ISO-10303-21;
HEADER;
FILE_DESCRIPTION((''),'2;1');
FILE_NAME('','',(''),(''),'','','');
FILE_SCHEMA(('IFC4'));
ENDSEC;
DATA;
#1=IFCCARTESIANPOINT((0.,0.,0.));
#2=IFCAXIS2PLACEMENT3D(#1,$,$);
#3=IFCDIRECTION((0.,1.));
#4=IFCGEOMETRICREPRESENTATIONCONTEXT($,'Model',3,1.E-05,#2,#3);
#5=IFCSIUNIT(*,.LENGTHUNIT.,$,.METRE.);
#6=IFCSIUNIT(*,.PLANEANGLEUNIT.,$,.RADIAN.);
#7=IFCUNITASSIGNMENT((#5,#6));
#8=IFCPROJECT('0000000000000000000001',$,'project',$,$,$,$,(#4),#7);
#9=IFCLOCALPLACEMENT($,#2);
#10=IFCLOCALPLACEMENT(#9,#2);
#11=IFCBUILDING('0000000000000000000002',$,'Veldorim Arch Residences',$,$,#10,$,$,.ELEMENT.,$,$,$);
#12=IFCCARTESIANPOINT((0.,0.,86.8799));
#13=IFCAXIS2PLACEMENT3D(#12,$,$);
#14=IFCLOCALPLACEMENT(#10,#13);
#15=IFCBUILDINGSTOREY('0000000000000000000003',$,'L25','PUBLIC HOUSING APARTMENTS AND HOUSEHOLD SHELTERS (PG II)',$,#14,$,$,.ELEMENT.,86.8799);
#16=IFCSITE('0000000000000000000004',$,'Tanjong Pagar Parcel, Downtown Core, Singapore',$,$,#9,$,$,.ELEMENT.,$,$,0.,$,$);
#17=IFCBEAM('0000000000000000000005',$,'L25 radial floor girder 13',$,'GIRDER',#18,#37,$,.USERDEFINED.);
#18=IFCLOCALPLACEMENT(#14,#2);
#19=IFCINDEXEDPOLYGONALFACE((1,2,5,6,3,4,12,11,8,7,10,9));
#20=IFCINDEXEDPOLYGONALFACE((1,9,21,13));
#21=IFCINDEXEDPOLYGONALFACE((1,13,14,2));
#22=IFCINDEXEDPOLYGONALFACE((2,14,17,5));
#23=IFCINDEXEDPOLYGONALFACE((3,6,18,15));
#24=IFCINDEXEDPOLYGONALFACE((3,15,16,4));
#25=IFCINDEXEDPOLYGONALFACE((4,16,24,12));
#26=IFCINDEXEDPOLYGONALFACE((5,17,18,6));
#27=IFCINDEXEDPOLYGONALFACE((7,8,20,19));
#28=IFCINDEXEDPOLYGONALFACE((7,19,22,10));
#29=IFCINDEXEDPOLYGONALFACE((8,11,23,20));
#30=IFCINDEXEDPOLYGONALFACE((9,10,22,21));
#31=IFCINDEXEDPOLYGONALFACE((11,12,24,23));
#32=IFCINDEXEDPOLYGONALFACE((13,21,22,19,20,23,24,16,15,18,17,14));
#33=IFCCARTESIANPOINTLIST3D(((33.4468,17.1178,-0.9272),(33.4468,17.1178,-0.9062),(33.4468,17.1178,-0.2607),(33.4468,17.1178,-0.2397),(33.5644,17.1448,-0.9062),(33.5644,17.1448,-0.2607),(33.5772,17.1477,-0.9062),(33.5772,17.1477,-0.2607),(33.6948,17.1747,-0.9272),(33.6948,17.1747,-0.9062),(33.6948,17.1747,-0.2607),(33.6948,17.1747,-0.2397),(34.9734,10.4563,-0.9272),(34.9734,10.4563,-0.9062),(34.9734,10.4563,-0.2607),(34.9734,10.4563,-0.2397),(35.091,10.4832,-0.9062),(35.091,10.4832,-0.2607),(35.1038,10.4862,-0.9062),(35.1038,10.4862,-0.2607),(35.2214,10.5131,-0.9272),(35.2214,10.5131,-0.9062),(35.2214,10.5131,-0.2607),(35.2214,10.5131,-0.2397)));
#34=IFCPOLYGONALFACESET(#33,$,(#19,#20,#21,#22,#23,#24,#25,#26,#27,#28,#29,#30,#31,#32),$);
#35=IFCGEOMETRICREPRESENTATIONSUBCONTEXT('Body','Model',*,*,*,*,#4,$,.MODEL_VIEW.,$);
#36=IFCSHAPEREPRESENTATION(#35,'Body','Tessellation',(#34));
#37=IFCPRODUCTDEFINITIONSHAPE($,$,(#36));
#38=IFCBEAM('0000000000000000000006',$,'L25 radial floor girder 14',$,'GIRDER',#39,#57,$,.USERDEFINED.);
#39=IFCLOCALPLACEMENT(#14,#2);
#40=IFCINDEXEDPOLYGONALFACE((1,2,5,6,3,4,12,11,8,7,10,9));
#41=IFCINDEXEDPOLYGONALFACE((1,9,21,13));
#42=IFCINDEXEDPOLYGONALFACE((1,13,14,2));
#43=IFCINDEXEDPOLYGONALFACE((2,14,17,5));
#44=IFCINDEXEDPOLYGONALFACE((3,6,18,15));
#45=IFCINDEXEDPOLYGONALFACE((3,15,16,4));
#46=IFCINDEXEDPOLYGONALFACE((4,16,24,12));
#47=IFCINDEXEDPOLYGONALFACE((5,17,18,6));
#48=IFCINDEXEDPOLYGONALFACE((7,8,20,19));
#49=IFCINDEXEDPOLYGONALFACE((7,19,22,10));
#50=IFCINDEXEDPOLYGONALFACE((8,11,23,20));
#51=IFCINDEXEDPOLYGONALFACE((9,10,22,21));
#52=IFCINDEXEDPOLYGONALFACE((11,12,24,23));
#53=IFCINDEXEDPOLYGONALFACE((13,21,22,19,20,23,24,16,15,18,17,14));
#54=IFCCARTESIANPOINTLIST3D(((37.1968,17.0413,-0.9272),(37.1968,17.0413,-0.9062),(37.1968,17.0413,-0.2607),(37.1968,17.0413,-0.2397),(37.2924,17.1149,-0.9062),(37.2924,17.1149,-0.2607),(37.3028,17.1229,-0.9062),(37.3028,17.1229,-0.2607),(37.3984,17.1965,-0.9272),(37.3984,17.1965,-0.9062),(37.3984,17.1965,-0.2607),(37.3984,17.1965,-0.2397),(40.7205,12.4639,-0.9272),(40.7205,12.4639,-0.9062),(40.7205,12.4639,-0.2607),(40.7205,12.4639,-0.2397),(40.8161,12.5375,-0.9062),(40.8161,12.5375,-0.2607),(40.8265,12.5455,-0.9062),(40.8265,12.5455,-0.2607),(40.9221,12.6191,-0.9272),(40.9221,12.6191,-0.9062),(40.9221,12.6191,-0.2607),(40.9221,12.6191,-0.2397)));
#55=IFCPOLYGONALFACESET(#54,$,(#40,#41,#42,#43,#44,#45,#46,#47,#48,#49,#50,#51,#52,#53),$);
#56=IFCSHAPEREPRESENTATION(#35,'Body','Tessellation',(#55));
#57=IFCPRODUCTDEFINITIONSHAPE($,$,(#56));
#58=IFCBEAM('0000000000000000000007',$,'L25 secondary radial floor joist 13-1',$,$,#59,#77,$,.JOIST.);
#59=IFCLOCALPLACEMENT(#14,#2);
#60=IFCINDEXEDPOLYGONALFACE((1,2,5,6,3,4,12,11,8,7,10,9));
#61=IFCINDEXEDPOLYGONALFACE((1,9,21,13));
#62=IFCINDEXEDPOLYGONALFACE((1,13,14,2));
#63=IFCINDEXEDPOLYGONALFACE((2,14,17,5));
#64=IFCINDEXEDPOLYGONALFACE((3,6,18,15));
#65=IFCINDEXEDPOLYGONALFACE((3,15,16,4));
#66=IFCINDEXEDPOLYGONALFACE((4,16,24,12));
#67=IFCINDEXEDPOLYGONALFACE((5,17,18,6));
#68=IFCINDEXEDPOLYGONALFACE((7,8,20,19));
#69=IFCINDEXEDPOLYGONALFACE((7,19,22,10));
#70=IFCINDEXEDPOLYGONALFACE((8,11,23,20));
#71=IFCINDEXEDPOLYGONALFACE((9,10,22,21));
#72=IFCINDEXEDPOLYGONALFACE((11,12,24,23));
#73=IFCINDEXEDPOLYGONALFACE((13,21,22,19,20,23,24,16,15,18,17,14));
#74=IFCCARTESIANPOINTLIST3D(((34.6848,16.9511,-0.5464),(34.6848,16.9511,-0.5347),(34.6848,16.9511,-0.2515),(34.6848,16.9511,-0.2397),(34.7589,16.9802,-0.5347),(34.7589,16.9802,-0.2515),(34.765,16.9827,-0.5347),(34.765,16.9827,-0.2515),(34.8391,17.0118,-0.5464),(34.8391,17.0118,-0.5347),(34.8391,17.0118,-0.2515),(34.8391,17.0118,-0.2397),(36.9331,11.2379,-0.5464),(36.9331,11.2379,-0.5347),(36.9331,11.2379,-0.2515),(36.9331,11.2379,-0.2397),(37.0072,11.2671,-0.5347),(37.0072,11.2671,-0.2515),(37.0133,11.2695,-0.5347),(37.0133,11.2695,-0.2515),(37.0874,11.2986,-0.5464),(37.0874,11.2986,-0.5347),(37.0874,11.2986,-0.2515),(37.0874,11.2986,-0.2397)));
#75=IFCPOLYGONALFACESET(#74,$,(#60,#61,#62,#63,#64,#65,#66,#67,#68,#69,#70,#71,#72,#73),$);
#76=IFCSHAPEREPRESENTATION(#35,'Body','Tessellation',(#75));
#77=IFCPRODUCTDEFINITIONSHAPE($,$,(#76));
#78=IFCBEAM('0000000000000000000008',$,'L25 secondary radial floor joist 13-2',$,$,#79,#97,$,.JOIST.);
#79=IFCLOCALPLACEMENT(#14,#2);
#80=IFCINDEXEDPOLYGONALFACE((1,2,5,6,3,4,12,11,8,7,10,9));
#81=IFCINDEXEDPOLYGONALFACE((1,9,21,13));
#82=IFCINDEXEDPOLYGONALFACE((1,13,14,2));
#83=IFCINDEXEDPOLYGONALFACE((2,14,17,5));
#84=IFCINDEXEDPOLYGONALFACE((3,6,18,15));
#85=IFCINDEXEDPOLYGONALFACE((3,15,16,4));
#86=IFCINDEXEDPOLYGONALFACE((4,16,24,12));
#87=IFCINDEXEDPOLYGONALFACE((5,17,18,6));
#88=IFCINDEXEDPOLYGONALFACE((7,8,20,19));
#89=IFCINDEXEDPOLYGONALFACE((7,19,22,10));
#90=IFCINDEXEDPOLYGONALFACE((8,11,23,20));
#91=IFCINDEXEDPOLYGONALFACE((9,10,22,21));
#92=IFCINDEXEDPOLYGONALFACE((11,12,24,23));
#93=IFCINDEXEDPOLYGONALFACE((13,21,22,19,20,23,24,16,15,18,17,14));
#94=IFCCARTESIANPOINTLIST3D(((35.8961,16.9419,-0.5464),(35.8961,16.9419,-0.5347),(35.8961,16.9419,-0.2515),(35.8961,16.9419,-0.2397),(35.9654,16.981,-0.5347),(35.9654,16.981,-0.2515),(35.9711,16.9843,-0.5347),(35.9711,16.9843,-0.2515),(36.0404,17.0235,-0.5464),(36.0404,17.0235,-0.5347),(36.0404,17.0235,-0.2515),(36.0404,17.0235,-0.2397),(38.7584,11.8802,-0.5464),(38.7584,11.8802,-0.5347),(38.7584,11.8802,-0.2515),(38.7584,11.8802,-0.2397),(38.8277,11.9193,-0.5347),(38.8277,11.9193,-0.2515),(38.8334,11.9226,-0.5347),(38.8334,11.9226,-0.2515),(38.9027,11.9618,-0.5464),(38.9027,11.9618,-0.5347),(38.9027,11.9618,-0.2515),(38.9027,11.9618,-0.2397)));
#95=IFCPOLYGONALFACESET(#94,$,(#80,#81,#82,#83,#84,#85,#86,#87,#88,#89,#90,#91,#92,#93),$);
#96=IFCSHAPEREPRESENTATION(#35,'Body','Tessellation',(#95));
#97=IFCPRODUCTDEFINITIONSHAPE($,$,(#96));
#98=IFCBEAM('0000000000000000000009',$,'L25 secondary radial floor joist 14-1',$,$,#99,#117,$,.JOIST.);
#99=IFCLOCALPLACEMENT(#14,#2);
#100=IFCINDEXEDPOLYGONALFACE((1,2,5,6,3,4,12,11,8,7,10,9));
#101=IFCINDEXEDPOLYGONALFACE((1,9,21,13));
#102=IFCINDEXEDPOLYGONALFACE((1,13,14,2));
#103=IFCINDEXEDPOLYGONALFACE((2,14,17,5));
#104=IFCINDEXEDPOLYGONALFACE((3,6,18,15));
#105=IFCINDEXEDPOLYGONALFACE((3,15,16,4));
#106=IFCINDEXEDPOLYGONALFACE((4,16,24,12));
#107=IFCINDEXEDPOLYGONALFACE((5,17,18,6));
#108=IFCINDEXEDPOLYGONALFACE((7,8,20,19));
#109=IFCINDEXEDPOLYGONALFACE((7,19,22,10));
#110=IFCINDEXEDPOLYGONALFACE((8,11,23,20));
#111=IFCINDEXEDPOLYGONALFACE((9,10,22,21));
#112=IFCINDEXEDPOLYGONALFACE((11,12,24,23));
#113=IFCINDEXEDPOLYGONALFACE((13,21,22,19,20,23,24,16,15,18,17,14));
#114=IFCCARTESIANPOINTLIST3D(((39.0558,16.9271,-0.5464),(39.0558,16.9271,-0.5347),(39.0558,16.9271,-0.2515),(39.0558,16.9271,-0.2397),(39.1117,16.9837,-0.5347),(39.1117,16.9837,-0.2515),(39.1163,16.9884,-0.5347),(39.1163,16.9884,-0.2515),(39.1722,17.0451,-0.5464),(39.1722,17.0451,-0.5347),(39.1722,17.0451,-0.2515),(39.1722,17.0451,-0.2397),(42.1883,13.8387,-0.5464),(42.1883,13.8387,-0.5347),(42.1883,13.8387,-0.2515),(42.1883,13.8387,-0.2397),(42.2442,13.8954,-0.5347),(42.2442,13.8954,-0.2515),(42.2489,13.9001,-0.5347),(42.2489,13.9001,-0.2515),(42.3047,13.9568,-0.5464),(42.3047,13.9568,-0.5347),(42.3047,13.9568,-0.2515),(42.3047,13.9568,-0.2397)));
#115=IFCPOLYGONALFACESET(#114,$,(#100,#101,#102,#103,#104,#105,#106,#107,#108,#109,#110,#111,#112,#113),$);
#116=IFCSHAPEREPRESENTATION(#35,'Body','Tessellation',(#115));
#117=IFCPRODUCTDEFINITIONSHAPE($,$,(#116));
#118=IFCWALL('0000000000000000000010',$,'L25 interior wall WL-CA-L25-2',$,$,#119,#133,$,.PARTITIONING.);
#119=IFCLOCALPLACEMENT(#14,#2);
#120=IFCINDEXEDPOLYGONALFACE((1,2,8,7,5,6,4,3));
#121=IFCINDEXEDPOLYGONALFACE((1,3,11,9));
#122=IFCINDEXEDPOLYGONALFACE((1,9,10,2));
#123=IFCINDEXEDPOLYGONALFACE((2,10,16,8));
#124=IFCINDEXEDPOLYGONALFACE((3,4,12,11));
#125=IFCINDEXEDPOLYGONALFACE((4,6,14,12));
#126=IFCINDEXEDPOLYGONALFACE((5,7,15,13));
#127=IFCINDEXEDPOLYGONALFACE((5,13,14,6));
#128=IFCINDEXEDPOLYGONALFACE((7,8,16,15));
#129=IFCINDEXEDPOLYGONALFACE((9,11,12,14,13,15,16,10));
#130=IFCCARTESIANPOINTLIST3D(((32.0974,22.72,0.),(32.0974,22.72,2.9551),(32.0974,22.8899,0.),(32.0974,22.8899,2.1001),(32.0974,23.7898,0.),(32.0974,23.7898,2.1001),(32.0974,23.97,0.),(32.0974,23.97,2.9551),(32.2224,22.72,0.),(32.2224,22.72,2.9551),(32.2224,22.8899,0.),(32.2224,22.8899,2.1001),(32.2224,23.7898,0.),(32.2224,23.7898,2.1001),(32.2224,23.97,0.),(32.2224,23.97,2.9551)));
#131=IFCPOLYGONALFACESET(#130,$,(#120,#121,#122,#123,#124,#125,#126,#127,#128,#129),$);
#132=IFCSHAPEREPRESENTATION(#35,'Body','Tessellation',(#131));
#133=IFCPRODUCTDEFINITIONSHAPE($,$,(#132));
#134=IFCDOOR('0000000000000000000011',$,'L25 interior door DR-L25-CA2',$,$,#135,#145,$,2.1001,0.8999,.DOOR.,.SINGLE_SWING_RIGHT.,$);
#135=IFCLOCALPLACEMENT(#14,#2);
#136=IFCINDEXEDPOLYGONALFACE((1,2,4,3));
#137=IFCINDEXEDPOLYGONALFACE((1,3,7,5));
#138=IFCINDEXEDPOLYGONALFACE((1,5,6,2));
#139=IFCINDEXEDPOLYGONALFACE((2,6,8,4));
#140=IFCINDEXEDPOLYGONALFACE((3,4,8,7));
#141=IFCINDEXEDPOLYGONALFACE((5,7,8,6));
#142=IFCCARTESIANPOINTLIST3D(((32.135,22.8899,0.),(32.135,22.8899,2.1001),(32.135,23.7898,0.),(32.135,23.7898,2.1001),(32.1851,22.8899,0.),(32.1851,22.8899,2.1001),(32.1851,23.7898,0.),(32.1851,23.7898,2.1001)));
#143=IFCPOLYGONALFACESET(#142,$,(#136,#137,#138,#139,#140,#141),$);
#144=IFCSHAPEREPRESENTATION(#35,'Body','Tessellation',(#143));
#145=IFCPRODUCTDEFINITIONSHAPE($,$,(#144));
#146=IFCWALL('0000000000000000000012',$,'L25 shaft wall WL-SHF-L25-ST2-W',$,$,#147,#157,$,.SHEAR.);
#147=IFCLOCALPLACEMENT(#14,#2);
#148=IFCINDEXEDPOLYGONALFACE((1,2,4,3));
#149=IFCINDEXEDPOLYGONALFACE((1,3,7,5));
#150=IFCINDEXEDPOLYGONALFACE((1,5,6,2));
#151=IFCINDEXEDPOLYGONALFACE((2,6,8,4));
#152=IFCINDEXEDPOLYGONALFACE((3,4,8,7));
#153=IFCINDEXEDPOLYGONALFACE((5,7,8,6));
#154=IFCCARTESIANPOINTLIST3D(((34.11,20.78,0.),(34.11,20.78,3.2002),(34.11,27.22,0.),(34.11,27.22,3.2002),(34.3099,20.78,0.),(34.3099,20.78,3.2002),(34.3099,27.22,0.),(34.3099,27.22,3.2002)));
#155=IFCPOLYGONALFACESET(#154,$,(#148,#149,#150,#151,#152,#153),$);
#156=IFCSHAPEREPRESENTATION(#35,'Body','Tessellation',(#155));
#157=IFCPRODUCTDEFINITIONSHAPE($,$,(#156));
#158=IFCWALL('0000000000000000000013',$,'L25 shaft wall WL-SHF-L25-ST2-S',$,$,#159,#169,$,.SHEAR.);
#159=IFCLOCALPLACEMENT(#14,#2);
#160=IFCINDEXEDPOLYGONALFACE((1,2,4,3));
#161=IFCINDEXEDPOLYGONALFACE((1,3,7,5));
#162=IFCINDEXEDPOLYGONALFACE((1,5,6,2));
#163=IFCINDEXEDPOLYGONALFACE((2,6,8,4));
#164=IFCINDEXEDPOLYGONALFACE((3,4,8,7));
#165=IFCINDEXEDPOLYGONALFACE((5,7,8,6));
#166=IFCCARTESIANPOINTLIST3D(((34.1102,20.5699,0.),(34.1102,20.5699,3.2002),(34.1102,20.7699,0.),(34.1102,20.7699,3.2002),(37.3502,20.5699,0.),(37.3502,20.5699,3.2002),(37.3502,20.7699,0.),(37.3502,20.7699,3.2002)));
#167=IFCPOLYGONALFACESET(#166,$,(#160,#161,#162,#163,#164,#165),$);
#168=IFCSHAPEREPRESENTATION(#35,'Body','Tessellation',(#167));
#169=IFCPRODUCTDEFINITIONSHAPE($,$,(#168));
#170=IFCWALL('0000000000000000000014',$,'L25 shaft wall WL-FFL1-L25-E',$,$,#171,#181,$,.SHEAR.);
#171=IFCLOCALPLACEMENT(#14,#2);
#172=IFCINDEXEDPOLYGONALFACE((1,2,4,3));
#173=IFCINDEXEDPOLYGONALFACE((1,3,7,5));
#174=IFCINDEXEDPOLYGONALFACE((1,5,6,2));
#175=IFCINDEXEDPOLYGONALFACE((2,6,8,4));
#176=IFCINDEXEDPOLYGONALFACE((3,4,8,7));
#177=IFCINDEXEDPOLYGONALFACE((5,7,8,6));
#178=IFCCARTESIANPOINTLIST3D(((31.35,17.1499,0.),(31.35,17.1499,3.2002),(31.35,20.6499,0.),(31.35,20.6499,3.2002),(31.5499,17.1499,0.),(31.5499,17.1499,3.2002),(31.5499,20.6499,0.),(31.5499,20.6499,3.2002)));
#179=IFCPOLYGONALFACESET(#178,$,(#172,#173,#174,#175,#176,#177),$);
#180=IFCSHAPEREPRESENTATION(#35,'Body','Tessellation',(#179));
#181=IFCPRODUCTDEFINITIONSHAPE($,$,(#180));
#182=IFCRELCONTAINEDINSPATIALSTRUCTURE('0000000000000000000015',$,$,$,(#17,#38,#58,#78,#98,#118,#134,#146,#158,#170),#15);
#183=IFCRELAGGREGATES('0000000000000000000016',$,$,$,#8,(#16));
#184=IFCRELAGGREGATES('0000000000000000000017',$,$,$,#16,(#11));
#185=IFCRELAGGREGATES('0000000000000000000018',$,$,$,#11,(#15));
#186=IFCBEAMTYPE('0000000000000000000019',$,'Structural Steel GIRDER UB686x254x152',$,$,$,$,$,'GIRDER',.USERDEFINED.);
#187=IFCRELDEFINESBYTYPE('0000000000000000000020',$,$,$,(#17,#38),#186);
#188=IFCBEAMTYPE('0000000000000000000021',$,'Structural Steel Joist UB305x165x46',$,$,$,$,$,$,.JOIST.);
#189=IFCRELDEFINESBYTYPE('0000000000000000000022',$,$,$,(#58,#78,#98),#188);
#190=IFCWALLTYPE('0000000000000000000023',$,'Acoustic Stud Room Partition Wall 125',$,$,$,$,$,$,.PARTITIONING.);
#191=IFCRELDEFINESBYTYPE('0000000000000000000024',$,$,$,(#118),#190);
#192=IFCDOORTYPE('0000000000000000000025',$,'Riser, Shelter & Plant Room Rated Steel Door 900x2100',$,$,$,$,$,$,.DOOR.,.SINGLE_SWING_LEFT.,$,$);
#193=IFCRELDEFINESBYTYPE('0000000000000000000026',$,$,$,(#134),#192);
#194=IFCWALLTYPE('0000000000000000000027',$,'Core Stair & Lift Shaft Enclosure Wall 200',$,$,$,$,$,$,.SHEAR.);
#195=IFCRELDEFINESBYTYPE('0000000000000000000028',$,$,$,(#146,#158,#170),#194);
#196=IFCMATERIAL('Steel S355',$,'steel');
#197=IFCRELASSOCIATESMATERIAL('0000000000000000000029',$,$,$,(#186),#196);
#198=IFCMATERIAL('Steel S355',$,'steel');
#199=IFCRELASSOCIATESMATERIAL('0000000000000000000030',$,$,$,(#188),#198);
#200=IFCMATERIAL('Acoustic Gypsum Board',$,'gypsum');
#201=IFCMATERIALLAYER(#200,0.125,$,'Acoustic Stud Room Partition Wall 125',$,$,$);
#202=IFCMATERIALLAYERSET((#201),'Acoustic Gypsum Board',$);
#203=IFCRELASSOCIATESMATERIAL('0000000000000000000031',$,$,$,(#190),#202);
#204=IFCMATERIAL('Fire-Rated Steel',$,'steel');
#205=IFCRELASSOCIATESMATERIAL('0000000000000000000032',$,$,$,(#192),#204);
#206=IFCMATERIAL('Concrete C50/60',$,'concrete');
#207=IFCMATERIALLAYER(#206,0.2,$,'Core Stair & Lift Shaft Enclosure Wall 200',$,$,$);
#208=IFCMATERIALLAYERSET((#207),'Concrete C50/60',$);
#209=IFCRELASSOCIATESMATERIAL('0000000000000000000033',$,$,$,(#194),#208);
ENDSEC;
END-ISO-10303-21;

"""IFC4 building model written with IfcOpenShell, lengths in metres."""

from ifc_helpers import new_model, si_unit, direction, frame, frame_2d, origin, origin_2d, place, context, subcontext, project, spatial, rectangle, i_section, extrude, material, layer, layer_set, material_profile, profile_set, type_object, element, fill, save


model = new_model("IFC4")

# Units and contexts
model_context = context("Model", 3, precision=1e-05, world=origin(), true_north=direction((0.0, 1.0)))
body_context = subcontext(model_context, "Body", "Model", "MODEL_VIEW")
ifc_project = project(units=[si_unit("LENGTHUNIT", "METRE"), si_unit("PLANEANGLEUNIT", "RADIAN")], contexts=[model_context])

# Site, building, storey
site_placement = place(None, origin())
site = spatial("IfcSite", under=ifc_project, at=site_placement, Name="Tanjong Pagar Parcel, Downtown Core, Singapore", CompositionType="ELEMENT", RefElevation=0.0)
building_placement = place(site_placement, origin())
building = spatial("IfcBuilding", under=site, at=building_placement, Name="Veldorim Arch Residences", CompositionType="ELEMENT")
storey_placement = place(building_placement, frame((0.0, 0.0, 86.8799)))
storey = spatial("IfcBuildingStorey", under=building, at=storey_placement, Name="L25", Description="PUBLIC HOUSING APARTMENTS AND HOUSEHOLD SHELTERS (PG II)", CompositionType="ELEMENT", Elevation=86.8799)

# Beams
ifc_material_1 = material(Name="Steel S355", Category="steel")
ifc_material_profile_1 = material_profile(ifc_material_1, i_section(OverallWidth=0.2544, OverallDepth=0.6875, WebThickness=0.0132, FlangeThickness=0.021, at=origin_2d()), Name="UB686x254x152")
ifc_profile_set_1 = profile_set([ifc_material_profile_1], Name="Steel S355")
beam_type_1 = type_object("IfcBeamType", Name="Structural Steel GIRDER UB686x254x152", ElementType="GIRDER", PredefinedType="USERDEFINED", material=ifc_profile_set_1)
beam_1_placement = place(storey_placement, frame((33.5708, 17.1462, -0.5835), z_axis=(0.223375, -0.974733, 0.0), x_axis=(0.974733, 0.223375, 0.0)))
element("IfcBeam", 1, at=beam_1_placement, inside=storey, type_object=beam_type_1, Name="L25 radial floor girder 13", ObjectType="GIRDER", PredefinedType="USERDEFINED", context=body_context, shape_type="SweptSolid", body=[
    extrude(i_section(OverallWidth=0.2544, OverallDepth=0.6875, WebThickness=0.0132, FlangeThickness=0.021, at=origin_2d()), origin(), (0.0, 0.0, 1.0), 6.8342),
])
beam_2_placement = place(storey_placement, frame((37.2976, 17.1189, -0.5835), z_axis=(0.609995, -0.792406, 0.0), x_axis=(0.792406, 0.609995, 0.0)))
element("IfcBeam", 2, at=beam_2_placement, inside=storey, type_object=beam_type_1, Name="L25 radial floor girder 14", ObjectType="GIRDER", PredefinedType="USERDEFINED", context=body_context, shape_type="SweptSolid", body=[
    extrude(i_section(OverallWidth=0.2544, OverallDepth=0.6875, WebThickness=0.0132, FlangeThickness=0.021, at=origin_2d()), origin(), (0.0, 0.0, 1.0), 5.7766),
])
ifc_material_2 = material(Name="Steel S355", Category="steel")
ifc_material_profile_2 = material_profile(ifc_material_2, i_section(OverallWidth=0.1658, OverallDepth=0.3066, WebThickness=0.0066, FlangeThickness=0.0117, at=origin_2d()), Name="UB305x165x46")
ifc_profile_set_2 = profile_set([ifc_material_profile_2], Name="Steel S355")
beam_type_2 = type_object("IfcBeamType", Name="Structural Steel Joist UB305x165x46", PredefinedType="JOIST", material=ifc_profile_set_2)
beam_3_placement = place(storey_placement, frame((34.762, 16.9814, -0.3931), z_axis=(0.366195, -0.930538, 0.0), x_axis=(0.930538, 0.366195, 0.0)))
element("IfcBeam", 3, at=beam_3_placement, inside=storey, type_object=beam_type_2, Name="L25 secondary radial floor joist 13-1", PredefinedType="JOIST", context=body_context, shape_type="SweptSolid", body=[
    extrude(i_section(OverallWidth=0.1658, OverallDepth=0.3066, WebThickness=0.0066, FlangeThickness=0.0117, at=origin_2d()), origin(), (0.0, 0.0, 1.0), 6.1396),
])
beam_4_placement = place(storey_placement, frame((35.9683, 16.9827, -0.3931), z_axis=(0.492227, -0.870467, 0.0), x_axis=(0.870467, 0.492227, 0.0)))
element("IfcBeam", 4, at=beam_4_placement, inside=storey, type_object=beam_type_2, Name="L25 secondary radial floor joist 13-2", PredefinedType="JOIST", context=body_context, shape_type="SweptSolid", body=[
    extrude(i_section(OverallWidth=0.1658, OverallDepth=0.3066, WebThickness=0.0066, FlangeThickness=0.0117, at=origin_2d()), origin(), (0.0, 0.0, 1.0), 5.8149),
])
beam_5_placement = place(storey_placement, frame((39.114, 16.9861, -0.3931), z_axis=(0.712112, -0.702066, 0.0), x_axis=(0.702066, 0.712112, 0.0)))
element("IfcBeam", 5, at=beam_5_placement, inside=storey, type_object=beam_type_2, Name="L25 secondary radial floor joist 14-1", PredefinedType="JOIST", context=body_context, shape_type="SweptSolid", body=[
    extrude(i_section(OverallWidth=0.1658, OverallDepth=0.3066, WebThickness=0.0066, FlangeThickness=0.0117, at=origin_2d()), origin(), (0.0, 0.0, 1.0), 4.3989),
])

# Wall, opening, door
ifc_material_3 = material(Name="Acoustic Gypsum Board", Category="gypsum")
ifc_layer_1 = layer(ifc_material_3, 0.125, Name="Acoustic Stud Room Partition Wall 125")
ifc_layer_set_1 = layer_set([ifc_layer_1], Name="Acoustic Gypsum Board")
wall_type_1 = type_object("IfcWallType", Name="Acoustic Stud Room Partition Wall 125", PredefinedType="PARTITIONING", material=ifc_layer_set_1)
wall_1_placement = place(storey_placement, frame((32.1599, 22.72, 0.0), z_axis=(0.0, 0.0, 1.0), x_axis=(0.0, 1.0, 0.0)))
wall_1 = element("IfcWall", 6, at=wall_1_placement, inside=storey, type_object=wall_type_1, Name="L25 interior wall WL-CA-L25-2", PredefinedType="PARTITIONING", context=body_context, shape_type="SweptSolid", body=[
    extrude(rectangle(XDim=1.25, YDim=0.125, at=frame_2d((0.625, 0.0))), origin(), (0.0, 0.0, 1.0), 2.9551),
])
opening_placement = place(wall_1_placement, frame((0.1699, 0.0, 0.0)))
opening = element("IfcOpeningElement", 7, at=opening_placement, cuts=wall_1, PredefinedType="OPENING", context=body_context, shape_type="SweptSolid", body=[
    extrude(rectangle(XDim=0.8999, YDim=2.1001, at=frame_2d((0.45, 1.05))), frame((0.0, 0.0725, 0.0), z_axis=(0.0, -1.0, 0.0), x_axis=(1.0, 0.0, 0.0)), (0.0, 0.0, 1.0), 0.145),
])
ifc_material_4 = material(Name="Fire-Rated Steel", Category="steel")
door_type = type_object("IfcDoorType", Name="Riser, Shelter & Plant Room Rated Steel Door 900x2100", OperationType="SINGLE_SWING_LEFT", PredefinedType="DOOR", material=ifc_material_4)
door_placement = place(opening_placement, origin())
door = element("IfcDoor", 8, at=door_placement, inside=storey, type_object=door_type, Name="L25 interior door DR-L25-CA2", OperationType="SINGLE_SWING_RIGHT", OverallHeight=2.1001, OverallWidth=0.8999, PredefinedType="DOOR", context=body_context, shape_type="SweptSolid", body=[
    extrude(rectangle(XDim=0.8999, YDim=2.1001, at=frame_2d((0.45, 1.05))), frame((0.0, 0.0249, 0.0), z_axis=(0.0, -1.0, 0.0), x_axis=(1.0, 0.0, 0.0)), (0.0, 0.0, 1.0), 0.05),
])
fill(opening, door)

# Walls
ifc_material_5 = material(Name="Concrete C50/60", Category="concrete")
ifc_layer_2 = layer(ifc_material_5, 0.2, Name="Core Stair & Lift Shaft Enclosure Wall 200")
ifc_layer_set_2 = layer_set([ifc_layer_2], Name="Concrete C50/60")
wall_type_2 = type_object("IfcWallType", Name="Core Stair & Lift Shaft Enclosure Wall 200", PredefinedType="SHEAR", material=ifc_layer_set_2)
wall_2_placement = place(storey_placement, frame((34.21, 20.78, 0.0), z_axis=(0.0, 0.0, 1.0), x_axis=(0.0, 1.0, 0.0)))
element("IfcWall", 9, at=wall_2_placement, inside=storey, type_object=wall_type_2, Name="L25 shaft wall WL-SHF-L25-ST2-W", PredefinedType="SHEAR", context=body_context, shape_type="SweptSolid", body=[
    extrude(rectangle(XDim=6.4399, YDim=0.2, at=frame_2d((3.22, 0.0))), origin(), (0.0, 0.0, 1.0), 3.2002),
])
wall_3_placement = place(storey_placement, frame((34.1101, 20.6699, 0.0), z_axis=(0.0, 0.0, 1.0), x_axis=(1.0, 0.0, 0.0)))
element("IfcWall", 10, at=wall_3_placement, inside=storey, type_object=wall_type_2, Name="L25 shaft wall WL-SHF-L25-ST2-S", PredefinedType="SHEAR", context=body_context, shape_type="SweptSolid", body=[
    extrude(rectangle(XDim=3.24, YDim=0.2, at=frame_2d((1.6201, 0.0))), origin(), (0.0, 0.0, 1.0), 3.2002),
])
wall_4_placement = place(storey_placement, frame((31.45, 17.1499, 0.0), z_axis=(0.0, 0.0, 1.0), x_axis=(0.0, 1.0, 0.0)))
element("IfcWall", 11, at=wall_4_placement, inside=storey, type_object=wall_type_2, Name="L25 shaft wall WL-FFL1-L25-E", PredefinedType="SHEAR", context=body_context, shape_type="SweptSolid", body=[
    extrude(rectangle(XDim=3.5, YDim=0.2, at=frame_2d((1.75, 0.0))), origin(), (0.0, 0.0, 1.0), 3.2002),
])

save(model, "model.ifc")
